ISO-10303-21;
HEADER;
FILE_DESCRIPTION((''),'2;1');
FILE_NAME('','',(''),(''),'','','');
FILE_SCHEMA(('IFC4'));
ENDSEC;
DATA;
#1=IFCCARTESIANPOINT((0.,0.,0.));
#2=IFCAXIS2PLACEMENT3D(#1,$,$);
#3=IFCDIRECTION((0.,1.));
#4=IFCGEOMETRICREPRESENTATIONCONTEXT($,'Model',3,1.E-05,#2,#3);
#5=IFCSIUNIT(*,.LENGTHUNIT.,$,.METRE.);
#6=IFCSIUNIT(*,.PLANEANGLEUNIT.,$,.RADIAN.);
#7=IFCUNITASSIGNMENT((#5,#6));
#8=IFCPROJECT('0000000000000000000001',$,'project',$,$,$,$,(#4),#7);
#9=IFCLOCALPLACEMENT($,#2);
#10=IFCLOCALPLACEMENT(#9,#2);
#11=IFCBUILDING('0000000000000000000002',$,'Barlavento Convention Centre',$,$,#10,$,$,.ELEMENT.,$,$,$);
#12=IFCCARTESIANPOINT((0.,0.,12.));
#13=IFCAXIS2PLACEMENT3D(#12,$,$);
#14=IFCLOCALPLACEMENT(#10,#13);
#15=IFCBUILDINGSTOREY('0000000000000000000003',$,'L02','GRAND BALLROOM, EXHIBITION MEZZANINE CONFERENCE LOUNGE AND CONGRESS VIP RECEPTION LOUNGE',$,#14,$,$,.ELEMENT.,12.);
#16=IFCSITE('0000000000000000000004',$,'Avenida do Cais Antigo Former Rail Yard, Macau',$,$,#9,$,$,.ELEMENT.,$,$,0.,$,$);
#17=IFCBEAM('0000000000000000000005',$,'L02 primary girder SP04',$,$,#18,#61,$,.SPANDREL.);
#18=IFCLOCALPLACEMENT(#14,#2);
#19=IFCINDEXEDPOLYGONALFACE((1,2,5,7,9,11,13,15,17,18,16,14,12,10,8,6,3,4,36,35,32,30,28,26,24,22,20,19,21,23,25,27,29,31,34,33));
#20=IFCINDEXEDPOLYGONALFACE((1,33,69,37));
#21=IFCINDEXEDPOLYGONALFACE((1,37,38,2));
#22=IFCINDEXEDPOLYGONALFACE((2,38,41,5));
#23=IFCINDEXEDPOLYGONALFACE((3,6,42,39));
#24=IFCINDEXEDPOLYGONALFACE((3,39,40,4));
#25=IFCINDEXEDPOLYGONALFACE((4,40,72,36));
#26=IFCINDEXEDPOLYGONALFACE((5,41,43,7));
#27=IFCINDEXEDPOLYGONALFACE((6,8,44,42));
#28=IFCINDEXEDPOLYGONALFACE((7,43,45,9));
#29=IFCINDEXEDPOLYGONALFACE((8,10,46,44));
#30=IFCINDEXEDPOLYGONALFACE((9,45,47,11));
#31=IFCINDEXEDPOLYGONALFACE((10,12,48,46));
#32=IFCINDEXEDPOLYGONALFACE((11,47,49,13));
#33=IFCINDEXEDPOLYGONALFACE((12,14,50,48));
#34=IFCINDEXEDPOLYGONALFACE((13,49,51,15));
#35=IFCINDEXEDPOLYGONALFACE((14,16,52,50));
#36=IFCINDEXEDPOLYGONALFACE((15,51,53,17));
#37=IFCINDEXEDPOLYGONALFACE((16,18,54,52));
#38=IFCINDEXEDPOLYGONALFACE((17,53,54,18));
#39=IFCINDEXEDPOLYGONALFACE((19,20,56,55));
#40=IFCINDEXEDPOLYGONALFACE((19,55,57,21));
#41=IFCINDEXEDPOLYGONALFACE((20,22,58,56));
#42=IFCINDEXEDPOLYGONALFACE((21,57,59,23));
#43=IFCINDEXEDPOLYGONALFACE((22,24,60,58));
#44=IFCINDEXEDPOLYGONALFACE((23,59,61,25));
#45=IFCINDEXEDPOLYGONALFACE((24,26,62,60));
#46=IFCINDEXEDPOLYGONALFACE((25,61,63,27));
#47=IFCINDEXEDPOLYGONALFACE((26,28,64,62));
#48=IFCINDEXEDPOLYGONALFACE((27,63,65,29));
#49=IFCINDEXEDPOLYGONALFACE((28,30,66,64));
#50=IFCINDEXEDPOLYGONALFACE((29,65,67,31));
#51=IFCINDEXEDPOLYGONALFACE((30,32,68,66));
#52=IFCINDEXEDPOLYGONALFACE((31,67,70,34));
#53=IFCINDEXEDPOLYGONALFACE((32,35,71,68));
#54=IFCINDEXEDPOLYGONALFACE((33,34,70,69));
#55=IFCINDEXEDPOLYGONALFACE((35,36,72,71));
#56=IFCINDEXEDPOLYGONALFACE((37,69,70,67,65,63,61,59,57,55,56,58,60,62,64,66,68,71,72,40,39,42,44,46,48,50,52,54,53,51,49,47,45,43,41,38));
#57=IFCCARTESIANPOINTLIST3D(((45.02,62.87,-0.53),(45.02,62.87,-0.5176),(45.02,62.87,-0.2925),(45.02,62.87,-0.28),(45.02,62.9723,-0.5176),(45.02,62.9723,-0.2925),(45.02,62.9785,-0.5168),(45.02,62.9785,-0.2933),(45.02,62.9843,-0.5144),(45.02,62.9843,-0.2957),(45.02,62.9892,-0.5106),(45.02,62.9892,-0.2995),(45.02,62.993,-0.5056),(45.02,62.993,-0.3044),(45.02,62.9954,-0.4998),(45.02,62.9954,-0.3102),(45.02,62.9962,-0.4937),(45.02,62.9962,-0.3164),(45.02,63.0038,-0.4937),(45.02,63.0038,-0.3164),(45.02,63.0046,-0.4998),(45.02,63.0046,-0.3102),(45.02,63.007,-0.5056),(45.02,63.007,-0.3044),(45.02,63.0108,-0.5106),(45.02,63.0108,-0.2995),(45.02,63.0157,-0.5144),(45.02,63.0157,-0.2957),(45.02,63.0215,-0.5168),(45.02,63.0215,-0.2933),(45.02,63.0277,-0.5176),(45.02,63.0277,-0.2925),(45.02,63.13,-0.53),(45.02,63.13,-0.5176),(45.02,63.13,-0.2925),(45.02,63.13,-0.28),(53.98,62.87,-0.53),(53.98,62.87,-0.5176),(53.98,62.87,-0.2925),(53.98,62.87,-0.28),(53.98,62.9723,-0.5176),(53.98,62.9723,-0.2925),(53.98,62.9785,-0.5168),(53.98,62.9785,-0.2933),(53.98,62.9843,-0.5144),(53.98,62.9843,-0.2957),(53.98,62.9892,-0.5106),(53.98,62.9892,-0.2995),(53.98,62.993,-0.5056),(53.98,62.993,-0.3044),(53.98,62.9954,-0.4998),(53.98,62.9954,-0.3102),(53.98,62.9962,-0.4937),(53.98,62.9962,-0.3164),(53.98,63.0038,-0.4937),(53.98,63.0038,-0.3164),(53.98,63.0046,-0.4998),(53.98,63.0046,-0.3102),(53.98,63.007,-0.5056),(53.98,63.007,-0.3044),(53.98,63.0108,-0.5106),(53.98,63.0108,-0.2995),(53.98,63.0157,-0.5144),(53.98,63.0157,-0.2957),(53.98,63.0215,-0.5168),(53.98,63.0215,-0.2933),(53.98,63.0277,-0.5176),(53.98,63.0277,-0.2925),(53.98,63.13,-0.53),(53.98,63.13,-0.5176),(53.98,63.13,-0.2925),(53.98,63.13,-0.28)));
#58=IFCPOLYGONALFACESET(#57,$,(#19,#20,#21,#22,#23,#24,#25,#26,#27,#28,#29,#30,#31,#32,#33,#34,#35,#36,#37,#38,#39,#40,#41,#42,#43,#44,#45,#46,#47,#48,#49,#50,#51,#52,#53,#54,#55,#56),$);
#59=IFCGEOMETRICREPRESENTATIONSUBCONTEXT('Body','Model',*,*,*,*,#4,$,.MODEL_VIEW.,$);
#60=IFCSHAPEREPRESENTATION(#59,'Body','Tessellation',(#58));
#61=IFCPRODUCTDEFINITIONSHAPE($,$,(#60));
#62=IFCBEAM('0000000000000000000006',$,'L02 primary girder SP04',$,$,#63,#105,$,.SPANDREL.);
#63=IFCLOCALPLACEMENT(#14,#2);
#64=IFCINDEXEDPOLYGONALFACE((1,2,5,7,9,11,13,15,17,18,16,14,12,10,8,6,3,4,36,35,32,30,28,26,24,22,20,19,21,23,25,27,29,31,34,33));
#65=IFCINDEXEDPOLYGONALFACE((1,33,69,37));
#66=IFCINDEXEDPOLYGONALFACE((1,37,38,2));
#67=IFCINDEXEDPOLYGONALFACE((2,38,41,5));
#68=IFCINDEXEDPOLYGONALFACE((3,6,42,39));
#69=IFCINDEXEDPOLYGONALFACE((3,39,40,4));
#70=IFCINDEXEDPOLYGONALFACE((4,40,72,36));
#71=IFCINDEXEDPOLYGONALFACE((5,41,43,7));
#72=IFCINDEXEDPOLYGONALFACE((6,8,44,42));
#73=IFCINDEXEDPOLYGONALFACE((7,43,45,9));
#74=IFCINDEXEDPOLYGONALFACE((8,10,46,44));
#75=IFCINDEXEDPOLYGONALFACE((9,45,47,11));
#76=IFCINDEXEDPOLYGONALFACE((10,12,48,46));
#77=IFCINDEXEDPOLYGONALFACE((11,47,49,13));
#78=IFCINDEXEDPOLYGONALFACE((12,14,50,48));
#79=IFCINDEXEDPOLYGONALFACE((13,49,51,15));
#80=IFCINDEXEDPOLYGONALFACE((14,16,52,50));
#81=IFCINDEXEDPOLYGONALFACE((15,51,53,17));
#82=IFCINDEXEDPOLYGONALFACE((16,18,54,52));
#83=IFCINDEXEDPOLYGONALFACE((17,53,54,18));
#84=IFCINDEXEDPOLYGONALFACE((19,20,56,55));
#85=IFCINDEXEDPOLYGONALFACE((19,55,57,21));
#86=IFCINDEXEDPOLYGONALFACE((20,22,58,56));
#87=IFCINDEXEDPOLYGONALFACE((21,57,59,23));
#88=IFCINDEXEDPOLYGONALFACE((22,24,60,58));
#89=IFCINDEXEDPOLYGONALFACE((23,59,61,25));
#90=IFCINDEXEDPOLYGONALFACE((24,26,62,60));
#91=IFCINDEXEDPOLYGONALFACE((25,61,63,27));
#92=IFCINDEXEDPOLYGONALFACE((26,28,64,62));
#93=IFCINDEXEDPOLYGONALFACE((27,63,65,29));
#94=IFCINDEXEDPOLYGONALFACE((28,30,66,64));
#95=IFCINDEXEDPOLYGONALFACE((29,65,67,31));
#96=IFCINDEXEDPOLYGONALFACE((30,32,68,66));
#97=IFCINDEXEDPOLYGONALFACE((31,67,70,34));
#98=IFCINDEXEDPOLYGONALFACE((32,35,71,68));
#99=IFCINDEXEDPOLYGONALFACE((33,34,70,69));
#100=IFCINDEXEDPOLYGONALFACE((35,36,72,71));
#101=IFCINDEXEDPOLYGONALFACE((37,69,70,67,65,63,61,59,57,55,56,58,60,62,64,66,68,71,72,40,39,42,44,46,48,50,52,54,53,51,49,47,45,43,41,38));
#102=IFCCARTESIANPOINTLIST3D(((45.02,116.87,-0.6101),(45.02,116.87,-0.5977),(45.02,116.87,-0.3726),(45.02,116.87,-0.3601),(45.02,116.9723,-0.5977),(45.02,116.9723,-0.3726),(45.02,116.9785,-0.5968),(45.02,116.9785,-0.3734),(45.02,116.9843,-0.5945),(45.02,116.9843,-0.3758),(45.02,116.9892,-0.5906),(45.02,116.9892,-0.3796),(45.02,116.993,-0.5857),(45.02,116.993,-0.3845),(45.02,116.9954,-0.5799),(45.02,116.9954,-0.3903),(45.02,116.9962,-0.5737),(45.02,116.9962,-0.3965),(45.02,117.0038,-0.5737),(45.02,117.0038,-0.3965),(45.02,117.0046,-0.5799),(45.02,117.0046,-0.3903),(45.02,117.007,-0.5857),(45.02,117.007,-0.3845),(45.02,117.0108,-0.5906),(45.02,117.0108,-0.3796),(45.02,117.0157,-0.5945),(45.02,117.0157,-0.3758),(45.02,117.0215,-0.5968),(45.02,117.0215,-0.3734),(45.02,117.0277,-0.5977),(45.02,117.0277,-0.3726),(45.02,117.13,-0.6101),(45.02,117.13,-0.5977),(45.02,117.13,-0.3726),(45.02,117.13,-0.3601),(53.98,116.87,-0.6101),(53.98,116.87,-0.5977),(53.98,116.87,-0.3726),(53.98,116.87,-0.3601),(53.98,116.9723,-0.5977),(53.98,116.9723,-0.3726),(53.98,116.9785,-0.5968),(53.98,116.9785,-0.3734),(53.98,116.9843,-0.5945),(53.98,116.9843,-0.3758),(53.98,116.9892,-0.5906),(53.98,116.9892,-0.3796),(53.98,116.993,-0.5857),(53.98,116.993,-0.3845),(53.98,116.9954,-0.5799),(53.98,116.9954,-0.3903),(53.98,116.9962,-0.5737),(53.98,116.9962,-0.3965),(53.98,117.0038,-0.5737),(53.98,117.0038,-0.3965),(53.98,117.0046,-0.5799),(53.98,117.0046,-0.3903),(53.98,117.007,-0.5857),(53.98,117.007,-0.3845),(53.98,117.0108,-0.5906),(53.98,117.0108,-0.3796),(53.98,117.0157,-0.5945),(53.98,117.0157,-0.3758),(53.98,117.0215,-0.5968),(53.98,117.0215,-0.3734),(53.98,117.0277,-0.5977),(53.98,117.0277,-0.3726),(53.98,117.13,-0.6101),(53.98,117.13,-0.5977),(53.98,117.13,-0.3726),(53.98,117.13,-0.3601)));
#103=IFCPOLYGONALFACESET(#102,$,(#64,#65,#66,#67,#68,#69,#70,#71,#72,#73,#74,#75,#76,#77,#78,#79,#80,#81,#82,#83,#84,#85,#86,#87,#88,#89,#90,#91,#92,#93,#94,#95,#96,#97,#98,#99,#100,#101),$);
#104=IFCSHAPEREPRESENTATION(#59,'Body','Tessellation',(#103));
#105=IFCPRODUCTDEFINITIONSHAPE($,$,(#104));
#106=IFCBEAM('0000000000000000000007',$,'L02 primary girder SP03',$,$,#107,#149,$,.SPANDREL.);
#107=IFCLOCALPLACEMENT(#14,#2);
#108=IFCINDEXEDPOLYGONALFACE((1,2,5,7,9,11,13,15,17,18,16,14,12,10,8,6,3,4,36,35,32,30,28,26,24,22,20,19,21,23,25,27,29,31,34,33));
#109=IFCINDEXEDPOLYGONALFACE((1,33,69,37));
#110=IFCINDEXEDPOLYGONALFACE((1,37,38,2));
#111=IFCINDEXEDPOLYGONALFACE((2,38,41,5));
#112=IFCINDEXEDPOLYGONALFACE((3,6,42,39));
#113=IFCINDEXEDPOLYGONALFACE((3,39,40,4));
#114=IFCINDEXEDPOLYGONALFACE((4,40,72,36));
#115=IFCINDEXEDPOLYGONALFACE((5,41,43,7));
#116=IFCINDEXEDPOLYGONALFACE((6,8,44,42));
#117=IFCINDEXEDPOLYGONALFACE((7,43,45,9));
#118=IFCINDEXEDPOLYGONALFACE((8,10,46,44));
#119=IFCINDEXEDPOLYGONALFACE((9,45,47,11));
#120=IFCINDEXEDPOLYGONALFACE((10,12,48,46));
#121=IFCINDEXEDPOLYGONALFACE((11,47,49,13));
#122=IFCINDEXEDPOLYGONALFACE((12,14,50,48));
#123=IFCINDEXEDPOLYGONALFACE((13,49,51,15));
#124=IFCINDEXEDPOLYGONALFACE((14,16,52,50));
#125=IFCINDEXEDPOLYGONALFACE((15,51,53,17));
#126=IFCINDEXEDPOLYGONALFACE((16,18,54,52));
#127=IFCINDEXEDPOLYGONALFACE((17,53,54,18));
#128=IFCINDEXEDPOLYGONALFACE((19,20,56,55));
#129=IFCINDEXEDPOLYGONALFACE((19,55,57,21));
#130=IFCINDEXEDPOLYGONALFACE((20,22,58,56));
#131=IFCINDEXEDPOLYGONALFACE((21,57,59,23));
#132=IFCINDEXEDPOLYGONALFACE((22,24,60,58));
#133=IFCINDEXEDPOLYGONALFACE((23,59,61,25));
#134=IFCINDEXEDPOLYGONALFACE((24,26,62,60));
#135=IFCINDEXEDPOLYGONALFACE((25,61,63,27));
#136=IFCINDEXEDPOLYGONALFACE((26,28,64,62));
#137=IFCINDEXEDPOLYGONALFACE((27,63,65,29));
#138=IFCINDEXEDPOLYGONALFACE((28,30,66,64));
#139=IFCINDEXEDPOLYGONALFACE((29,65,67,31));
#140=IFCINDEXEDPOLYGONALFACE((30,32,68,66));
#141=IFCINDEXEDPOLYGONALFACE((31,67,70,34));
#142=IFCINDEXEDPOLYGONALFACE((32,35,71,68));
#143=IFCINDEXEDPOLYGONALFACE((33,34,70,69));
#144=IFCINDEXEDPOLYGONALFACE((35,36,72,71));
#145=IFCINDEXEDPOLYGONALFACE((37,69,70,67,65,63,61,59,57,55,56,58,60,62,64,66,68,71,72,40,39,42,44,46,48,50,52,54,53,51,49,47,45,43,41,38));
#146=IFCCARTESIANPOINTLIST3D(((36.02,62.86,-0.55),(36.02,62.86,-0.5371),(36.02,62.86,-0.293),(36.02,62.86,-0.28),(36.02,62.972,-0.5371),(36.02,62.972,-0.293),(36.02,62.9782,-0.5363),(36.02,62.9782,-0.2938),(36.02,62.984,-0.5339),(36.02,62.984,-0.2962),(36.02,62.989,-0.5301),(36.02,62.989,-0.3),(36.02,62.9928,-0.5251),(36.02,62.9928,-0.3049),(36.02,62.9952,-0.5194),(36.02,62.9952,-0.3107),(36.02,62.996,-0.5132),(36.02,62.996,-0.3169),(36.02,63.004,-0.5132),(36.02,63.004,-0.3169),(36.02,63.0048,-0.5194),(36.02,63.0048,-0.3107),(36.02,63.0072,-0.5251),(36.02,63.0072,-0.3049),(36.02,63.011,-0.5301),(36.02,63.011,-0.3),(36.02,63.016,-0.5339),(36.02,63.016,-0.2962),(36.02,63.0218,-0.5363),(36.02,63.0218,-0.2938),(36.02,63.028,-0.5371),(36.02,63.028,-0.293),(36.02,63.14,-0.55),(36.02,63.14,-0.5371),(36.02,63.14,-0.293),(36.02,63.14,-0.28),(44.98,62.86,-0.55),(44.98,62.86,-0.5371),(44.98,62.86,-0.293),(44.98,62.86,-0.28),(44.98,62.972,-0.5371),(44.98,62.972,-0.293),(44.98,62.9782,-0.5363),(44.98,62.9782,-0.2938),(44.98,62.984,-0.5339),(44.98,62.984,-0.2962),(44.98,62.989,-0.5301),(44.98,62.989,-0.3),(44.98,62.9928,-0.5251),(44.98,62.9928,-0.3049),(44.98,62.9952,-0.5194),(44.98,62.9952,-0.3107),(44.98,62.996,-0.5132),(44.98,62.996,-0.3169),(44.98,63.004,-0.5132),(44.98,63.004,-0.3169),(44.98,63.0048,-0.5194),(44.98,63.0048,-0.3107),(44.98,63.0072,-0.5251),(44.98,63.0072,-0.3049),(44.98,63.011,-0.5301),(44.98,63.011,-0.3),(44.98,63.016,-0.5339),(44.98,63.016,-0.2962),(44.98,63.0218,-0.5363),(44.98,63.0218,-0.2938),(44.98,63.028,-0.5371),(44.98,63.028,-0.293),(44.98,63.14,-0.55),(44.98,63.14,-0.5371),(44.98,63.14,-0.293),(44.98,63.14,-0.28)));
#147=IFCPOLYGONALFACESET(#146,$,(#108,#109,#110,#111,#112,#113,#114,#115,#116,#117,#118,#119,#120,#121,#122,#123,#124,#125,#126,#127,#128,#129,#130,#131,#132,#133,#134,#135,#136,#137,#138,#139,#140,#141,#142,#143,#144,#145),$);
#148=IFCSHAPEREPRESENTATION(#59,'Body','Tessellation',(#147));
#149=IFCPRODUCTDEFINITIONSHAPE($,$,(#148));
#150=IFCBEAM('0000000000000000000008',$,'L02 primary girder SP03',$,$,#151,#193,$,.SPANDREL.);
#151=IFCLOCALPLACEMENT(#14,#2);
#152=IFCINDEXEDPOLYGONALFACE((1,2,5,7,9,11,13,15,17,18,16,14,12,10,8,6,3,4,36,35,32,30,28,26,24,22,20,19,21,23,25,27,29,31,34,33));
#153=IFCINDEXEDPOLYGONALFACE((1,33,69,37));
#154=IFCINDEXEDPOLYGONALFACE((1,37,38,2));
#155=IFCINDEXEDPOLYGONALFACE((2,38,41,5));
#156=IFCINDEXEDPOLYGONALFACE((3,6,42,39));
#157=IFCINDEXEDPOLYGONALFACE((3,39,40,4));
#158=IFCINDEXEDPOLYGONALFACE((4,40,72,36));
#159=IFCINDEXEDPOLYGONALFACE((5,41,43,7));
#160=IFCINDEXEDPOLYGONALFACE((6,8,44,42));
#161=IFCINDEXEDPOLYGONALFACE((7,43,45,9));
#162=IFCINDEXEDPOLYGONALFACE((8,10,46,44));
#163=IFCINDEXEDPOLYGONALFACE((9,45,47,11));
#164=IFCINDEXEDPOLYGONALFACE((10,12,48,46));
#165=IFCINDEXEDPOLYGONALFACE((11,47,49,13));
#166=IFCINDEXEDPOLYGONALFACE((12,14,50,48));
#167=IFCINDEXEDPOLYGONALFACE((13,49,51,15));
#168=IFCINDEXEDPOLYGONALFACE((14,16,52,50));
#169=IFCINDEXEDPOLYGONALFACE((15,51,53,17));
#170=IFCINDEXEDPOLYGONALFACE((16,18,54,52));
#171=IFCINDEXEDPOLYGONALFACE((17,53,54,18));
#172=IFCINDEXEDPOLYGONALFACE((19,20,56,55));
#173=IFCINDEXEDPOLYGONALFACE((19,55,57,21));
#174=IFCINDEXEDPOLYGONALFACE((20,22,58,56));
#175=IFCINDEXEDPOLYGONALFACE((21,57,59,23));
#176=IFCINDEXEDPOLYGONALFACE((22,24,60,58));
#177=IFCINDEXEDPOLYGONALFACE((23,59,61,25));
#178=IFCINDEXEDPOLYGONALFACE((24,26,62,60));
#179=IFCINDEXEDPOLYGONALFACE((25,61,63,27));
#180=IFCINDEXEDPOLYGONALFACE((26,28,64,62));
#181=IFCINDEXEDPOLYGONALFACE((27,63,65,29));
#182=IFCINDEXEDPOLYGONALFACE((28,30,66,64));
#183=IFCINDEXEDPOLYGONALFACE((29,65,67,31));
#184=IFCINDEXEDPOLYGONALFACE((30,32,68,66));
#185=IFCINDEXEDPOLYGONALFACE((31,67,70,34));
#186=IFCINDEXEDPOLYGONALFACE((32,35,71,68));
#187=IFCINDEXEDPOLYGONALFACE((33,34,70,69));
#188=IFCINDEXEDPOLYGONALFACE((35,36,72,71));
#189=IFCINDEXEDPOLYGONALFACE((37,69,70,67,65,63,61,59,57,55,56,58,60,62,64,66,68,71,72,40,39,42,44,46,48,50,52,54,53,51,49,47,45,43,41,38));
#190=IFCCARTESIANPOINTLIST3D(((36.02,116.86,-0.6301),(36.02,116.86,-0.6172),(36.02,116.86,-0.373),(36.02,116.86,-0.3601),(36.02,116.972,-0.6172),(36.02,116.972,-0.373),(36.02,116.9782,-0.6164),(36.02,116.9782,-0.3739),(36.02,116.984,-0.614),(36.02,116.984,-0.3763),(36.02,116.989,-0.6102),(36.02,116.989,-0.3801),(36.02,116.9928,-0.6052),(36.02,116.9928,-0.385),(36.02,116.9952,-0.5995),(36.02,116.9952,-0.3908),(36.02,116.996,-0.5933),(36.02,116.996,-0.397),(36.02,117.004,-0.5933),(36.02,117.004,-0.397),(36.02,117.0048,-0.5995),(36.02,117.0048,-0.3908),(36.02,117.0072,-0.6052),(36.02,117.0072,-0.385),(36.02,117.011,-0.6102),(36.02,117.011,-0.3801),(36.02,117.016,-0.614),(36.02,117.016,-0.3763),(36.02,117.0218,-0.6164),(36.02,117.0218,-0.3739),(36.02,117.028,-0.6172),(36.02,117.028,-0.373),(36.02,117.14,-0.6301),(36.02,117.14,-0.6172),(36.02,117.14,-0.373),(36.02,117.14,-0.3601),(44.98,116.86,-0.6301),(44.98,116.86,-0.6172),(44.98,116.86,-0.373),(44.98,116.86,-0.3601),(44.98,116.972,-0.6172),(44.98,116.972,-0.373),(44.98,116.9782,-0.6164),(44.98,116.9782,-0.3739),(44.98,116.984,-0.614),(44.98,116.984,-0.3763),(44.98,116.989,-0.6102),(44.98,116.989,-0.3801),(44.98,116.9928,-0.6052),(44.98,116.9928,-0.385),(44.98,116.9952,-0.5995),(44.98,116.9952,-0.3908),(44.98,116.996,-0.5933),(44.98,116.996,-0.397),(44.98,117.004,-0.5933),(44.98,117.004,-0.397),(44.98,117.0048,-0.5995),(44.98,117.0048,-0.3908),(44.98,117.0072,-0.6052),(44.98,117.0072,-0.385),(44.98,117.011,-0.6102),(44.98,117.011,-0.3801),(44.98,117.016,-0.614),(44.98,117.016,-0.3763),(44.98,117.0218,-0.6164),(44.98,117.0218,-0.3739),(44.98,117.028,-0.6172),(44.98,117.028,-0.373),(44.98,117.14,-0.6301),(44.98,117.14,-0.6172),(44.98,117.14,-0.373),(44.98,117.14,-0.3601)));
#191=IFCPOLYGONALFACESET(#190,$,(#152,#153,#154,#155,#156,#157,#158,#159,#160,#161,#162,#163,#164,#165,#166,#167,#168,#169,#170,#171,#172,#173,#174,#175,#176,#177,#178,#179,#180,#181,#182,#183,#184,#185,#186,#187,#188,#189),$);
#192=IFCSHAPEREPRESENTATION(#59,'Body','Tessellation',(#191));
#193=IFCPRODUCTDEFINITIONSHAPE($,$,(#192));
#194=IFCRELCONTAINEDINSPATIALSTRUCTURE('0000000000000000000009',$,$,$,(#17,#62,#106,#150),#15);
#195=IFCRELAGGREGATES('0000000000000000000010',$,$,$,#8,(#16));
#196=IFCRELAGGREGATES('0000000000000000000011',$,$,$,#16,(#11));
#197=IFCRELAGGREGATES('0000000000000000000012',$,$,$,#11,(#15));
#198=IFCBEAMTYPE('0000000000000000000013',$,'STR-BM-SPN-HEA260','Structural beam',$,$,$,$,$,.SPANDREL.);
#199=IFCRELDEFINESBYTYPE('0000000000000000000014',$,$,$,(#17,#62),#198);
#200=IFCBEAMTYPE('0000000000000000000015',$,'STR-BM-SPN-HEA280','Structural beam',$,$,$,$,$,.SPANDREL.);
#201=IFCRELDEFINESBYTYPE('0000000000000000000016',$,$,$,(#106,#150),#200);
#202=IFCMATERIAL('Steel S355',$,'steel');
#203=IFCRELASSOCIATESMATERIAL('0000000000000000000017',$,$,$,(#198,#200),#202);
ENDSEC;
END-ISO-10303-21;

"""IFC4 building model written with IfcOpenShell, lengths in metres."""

from ifc_helpers import new_model, si_unit, direction, frame, origin, origin_2d, place, context, subcontext, project, spatial, i_section, extrude, material, material_profile, profile_set, type_object, element, save


model = new_model("IFC4")

# Units and contexts
model_context = context("Model", 3, precision=1e-05, world=origin(), true_north=direction((0.0, 1.0)))
body_context = subcontext(model_context, "Body", "Model", "MODEL_VIEW")
ifc_project = project(units=[si_unit("LENGTHUNIT", "METRE"), si_unit("PLANEANGLEUNIT", "RADIAN")], contexts=[model_context])

# Site, building, storey
site_placement = place(None, origin())
site = spatial("IfcSite", under=ifc_project, at=site_placement, Name="Avenida do Cais Antigo Former Rail Yard, Macau", CompositionType="ELEMENT", RefElevation=0.0)
building_placement = place(site_placement, origin())
building = spatial("IfcBuilding", under=site, at=building_placement, Name="Barlavento Convention Centre", CompositionType="ELEMENT")
storey_placement = place(building_placement, frame((0.0, 0.0, 12.0)))
storey = spatial("IfcBuildingStorey", under=building, at=storey_placement, Name="L02", Description="GRAND BALLROOM, EXHIBITION MEZZANINE CONFERENCE LOUNGE AND CONGRESS VIP RECEPTION LOUNGE", CompositionType="ELEMENT", Elevation=12.0)

# Shared definitions
ifc_material_1 = material(Name="Steel S355", Category="steel")

# Beams
ifc_material_profile_1 = material_profile(ifc_material_1, i_section(OverallWidth=0.26, OverallDepth=0.25, WebThickness=0.0076, FlangeThickness=0.0125, FilletRadius=0.0239, at=origin_2d()), Name="HEA 260")
ifc_profile_set_1 = profile_set([ifc_material_profile_1], Name="Steel S355")
beam_type_1 = type_object("IfcBeamType", Name="STR-BM-SPN-HEA260", Description="Structural beam", PredefinedType="SPANDREL", material=ifc_profile_set_1)
for number, where, z_axis, x_axis, name in (
    (1, (45.02, 63.0, -0.405), (1.0, 0.0, 0.0), (0.0, 1.0, 0.0), "L02 primary girder SP04"),
    (2, (45.02, 117.0, -0.4851), (1.0, 0.0, 0.0), (0.0, 1.0, 0.0), "L02 primary girder SP04"),
):
    element("IfcBeam", number, at=place(storey_placement, frame(where, z_axis=z_axis, x_axis=x_axis)), inside=storey, type_object=beam_type_1, Name=name, PredefinedType="SPANDREL", context=body_context, shape_type="SweptSolid", body=[
        extrude(i_section(OverallWidth=0.26, OverallDepth=0.25, WebThickness=0.0076, FlangeThickness=0.0125, FilletRadius=0.0239, at=origin_2d()), origin(), (0.0, 0.0, 1.0), 8.96),
    ])
ifc_material_profile_2 = material_profile(ifc_material_1, i_section(OverallWidth=0.28, OverallDepth=0.27, WebThickness=0.0081, FlangeThickness=0.0129, FilletRadius=0.0239, at=origin_2d()), Name="HEA 280")
ifc_profile_set_2 = profile_set([ifc_material_profile_2], Name="Steel S355")
beam_type_2 = type_object("IfcBeamType", Name="STR-BM-SPN-HEA280", Description="Structural beam", PredefinedType="SPANDREL", material=ifc_profile_set_2)
for number, where, z_axis, x_axis, name in (
    (3, (36.02, 63.0, -0.415), (1.0, 0.0, 0.0), (0.0, 1.0, 0.0), "L02 primary girder SP03"),
    (4, (36.02, 117.0, -0.4951), (1.0, 0.0, 0.0), (0.0, 1.0, 0.0), "L02 primary girder SP03"),
):
    element("IfcBeam", number, at=place(storey_placement, frame(where, z_axis=z_axis, x_axis=x_axis)), inside=storey, type_object=beam_type_2, Name=name, PredefinedType="SPANDREL", context=body_context, shape_type="SweptSolid", body=[
        extrude(i_section(OverallWidth=0.28, OverallDepth=0.27, WebThickness=0.0081, FlangeThickness=0.0129, FilletRadius=0.0239, at=origin_2d()), origin(), (0.0, 0.0, 1.0), 8.96),
    ])

save(model, "model.ifc")
